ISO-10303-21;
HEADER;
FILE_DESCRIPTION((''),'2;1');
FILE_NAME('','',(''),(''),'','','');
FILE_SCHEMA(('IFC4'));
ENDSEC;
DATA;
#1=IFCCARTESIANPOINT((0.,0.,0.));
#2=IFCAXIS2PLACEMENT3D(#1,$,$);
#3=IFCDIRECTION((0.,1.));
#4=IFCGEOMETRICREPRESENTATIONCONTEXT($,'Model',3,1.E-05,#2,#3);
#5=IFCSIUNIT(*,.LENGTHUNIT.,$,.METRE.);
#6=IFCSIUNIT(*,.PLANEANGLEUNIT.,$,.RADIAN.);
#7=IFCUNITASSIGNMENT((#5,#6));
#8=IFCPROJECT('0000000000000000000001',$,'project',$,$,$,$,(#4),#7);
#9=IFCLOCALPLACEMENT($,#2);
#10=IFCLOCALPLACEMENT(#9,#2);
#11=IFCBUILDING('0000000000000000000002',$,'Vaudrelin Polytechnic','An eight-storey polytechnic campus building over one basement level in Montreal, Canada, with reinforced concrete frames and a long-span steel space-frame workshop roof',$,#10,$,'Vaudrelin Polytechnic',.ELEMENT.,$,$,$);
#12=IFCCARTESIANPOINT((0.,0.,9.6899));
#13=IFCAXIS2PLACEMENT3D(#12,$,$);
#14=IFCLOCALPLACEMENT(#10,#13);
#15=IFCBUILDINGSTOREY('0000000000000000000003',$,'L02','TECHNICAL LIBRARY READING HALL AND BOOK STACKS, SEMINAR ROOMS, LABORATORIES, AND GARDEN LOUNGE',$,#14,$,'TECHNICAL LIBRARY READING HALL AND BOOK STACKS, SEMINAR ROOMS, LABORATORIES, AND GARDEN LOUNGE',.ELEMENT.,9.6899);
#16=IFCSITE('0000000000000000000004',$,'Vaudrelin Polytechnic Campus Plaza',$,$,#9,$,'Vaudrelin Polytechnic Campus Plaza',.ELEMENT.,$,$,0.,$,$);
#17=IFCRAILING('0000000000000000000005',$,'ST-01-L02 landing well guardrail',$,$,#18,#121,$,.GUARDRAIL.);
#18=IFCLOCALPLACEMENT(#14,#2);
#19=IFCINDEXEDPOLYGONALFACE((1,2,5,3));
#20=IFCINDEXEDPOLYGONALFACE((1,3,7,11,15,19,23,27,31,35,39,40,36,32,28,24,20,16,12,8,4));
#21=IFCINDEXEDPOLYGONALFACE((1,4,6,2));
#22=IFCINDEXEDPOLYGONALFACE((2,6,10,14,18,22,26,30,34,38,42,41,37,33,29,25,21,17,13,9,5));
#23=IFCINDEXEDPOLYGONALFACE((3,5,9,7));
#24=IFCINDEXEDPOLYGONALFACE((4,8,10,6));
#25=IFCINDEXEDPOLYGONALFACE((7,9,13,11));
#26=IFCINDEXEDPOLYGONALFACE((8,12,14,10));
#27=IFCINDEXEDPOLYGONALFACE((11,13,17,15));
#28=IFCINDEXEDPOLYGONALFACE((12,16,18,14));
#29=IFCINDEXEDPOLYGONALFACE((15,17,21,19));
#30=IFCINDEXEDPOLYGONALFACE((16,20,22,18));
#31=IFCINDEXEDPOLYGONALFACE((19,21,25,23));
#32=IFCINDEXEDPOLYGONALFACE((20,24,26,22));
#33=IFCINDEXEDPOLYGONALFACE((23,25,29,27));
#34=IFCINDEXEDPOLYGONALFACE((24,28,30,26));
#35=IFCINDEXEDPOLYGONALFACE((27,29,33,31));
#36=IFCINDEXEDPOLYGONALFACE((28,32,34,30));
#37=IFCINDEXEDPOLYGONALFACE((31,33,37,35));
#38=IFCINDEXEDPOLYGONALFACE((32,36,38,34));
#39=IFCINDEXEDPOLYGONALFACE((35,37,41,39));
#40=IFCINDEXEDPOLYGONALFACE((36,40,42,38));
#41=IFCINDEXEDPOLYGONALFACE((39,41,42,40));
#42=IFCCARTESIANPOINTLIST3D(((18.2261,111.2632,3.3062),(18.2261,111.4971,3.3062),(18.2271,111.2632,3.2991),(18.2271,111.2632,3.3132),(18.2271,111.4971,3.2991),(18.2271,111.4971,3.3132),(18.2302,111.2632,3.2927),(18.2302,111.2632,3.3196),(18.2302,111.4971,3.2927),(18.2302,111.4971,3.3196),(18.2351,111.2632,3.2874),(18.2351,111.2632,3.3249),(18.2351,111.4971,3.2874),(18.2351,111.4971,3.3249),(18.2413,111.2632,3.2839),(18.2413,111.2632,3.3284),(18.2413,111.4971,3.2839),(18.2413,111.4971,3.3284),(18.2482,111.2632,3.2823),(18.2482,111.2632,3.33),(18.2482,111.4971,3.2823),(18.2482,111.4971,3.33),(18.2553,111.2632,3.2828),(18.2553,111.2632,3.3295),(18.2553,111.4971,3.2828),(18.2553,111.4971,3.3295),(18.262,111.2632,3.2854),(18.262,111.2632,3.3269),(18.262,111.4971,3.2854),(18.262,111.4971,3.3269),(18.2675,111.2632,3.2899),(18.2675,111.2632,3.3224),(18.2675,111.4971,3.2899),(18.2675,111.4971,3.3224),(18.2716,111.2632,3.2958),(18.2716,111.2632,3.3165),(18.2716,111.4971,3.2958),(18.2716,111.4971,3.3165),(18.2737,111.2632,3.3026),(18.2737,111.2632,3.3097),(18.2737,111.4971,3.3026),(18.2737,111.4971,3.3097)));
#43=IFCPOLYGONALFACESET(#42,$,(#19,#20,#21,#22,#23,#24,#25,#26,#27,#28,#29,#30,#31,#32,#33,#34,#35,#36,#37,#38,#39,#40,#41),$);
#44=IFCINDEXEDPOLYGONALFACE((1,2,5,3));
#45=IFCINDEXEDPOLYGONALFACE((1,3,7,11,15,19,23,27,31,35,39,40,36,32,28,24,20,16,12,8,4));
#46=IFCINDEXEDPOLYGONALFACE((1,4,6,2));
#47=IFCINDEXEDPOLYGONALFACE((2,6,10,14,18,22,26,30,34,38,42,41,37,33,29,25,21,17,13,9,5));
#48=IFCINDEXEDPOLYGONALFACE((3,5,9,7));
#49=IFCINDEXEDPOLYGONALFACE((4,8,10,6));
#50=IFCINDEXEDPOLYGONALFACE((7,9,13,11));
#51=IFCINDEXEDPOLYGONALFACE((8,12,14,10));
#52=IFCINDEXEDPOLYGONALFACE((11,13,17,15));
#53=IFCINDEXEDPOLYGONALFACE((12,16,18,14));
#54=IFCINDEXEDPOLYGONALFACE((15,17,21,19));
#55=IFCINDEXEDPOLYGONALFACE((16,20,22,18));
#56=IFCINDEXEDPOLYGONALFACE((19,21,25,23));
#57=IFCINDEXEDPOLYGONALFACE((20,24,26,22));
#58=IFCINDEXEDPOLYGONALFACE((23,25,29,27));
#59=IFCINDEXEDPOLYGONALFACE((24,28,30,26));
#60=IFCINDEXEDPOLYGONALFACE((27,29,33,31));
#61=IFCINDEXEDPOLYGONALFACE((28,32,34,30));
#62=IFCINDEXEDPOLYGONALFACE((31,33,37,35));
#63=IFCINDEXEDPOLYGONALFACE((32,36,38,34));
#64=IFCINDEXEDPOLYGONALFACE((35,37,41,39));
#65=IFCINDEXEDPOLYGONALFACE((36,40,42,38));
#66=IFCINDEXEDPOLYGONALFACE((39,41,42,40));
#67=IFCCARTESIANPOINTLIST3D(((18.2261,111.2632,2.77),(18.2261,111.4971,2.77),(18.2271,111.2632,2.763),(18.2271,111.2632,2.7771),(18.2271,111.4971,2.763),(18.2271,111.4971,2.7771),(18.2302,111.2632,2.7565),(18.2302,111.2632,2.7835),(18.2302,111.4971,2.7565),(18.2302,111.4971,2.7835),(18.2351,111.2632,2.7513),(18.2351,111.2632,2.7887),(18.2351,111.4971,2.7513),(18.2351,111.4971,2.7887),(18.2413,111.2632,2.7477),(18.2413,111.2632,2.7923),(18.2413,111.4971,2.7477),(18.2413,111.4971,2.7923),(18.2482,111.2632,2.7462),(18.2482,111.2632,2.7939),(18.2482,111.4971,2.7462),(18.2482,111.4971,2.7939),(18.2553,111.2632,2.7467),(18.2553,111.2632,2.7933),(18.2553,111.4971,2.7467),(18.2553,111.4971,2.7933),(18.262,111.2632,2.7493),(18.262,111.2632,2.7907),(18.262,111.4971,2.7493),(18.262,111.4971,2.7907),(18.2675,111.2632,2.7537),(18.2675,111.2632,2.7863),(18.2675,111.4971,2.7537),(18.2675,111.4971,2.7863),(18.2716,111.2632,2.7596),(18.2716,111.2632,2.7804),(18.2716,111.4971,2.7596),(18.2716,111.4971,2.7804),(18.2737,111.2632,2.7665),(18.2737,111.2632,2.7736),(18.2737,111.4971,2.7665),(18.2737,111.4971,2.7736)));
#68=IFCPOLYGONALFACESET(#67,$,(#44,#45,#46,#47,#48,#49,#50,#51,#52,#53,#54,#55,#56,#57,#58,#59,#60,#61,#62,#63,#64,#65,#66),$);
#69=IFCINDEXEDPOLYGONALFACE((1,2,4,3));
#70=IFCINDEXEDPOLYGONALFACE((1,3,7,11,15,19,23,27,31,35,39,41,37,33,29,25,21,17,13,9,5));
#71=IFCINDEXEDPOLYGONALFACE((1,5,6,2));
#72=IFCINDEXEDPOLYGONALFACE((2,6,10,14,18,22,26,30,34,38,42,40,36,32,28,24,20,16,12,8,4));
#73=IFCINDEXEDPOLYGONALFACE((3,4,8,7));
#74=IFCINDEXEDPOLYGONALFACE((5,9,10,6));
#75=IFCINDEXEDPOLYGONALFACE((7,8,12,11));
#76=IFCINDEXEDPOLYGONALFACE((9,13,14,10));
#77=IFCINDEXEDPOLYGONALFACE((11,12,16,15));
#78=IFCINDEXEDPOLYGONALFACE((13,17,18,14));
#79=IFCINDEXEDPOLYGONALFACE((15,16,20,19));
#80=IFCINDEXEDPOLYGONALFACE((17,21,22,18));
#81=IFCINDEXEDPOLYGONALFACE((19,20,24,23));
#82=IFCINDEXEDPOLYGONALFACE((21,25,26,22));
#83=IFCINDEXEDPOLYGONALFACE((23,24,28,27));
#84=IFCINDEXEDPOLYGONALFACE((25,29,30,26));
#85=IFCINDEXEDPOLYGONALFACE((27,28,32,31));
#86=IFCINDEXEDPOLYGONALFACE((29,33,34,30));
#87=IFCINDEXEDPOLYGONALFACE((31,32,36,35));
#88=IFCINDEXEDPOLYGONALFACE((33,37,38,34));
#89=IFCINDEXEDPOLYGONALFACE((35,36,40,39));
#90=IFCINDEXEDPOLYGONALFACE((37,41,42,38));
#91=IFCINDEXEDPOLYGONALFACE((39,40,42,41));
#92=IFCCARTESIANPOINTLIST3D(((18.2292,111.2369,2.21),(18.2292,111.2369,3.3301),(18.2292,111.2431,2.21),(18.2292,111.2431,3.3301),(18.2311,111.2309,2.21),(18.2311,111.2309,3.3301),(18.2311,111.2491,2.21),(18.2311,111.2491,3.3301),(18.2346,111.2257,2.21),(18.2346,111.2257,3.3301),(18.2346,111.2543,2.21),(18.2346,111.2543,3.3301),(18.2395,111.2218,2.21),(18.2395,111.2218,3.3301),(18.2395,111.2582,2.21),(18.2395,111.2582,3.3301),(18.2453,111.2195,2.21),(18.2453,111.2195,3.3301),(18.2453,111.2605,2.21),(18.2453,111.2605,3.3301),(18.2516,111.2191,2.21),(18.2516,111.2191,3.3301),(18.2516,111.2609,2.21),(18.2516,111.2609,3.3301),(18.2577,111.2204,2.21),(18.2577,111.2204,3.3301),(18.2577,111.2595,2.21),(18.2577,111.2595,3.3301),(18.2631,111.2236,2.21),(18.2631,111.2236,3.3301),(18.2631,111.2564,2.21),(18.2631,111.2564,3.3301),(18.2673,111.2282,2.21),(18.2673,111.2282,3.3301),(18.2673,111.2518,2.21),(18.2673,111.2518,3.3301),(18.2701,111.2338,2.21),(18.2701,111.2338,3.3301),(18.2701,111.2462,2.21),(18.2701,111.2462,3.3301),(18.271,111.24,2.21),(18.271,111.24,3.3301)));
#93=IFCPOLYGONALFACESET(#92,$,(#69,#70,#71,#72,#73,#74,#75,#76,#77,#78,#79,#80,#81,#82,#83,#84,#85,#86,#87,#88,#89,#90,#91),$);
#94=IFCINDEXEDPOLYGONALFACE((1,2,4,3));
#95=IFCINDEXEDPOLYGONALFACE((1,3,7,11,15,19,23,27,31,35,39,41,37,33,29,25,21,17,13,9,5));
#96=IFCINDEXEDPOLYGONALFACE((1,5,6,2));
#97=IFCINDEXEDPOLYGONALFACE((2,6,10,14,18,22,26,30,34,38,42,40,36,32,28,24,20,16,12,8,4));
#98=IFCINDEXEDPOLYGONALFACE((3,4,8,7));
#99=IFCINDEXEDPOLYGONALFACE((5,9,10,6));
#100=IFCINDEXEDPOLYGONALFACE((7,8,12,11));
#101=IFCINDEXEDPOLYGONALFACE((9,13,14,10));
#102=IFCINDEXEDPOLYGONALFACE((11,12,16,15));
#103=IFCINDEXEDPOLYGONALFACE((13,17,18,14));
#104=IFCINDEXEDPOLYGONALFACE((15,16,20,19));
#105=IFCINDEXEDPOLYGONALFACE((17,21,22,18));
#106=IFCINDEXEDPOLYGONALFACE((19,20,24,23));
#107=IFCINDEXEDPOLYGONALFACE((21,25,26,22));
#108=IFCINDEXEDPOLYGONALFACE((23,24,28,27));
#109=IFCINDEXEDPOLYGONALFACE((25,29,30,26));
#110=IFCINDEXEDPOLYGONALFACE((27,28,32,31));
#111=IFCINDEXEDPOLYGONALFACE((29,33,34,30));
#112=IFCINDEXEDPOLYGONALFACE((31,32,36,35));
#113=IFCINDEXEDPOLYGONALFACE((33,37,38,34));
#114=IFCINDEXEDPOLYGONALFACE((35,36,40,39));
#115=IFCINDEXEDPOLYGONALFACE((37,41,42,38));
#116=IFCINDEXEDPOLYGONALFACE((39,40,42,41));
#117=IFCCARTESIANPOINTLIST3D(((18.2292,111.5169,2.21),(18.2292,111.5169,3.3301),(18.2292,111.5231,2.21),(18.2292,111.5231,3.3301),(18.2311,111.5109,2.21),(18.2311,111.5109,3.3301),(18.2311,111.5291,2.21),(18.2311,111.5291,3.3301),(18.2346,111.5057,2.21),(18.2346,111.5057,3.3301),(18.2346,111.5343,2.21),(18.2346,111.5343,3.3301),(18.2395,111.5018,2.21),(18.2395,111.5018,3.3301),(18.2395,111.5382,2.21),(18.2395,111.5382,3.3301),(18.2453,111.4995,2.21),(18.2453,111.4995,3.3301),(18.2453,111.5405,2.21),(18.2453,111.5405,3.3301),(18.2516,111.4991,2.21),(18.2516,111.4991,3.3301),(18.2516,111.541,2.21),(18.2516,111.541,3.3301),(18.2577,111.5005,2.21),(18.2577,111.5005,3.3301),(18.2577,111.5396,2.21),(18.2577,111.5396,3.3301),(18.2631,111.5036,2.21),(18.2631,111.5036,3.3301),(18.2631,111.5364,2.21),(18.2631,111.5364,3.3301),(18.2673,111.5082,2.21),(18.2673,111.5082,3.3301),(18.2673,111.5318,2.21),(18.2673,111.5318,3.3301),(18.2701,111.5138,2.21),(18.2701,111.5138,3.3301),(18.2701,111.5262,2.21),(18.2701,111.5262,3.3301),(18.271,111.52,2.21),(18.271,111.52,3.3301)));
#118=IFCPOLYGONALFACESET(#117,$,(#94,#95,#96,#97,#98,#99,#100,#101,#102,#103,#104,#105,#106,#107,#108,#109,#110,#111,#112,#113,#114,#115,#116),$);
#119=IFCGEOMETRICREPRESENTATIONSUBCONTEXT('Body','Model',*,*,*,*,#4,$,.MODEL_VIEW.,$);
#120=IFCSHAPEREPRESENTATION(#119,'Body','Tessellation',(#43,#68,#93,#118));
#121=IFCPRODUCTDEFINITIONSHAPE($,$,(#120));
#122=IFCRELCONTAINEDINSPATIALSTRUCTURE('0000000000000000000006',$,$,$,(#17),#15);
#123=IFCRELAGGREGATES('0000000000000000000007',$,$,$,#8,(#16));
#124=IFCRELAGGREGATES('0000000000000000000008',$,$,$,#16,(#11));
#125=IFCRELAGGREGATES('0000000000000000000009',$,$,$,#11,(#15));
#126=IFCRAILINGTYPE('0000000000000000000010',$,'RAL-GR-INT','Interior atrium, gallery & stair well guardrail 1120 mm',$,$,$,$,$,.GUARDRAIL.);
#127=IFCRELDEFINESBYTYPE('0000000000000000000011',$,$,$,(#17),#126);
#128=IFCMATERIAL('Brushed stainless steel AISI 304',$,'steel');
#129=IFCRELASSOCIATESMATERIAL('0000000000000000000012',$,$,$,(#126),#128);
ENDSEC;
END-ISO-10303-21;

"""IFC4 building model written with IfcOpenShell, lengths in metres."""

from ifc_helpers import new_model, si_unit, direction, frame, origin, origin_2d, place, context, subcontext, project, spatial, circle, extrude, material, type_object, element, save


model = new_model("IFC4")

# Units and contexts
model_context = context("Model", 3, precision=1e-05, world=origin(), true_north=direction((0.0, 1.0)))
body_context = subcontext(model_context, "Body", "Model", "MODEL_VIEW")
ifc_project = project(units=[si_unit("LENGTHUNIT", "METRE"), si_unit("PLANEANGLEUNIT", "RADIAN")], contexts=[model_context])

# Site, building, storey
site_placement = place(None, origin())
site = spatial("IfcSite", under=ifc_project, at=site_placement, Name="Vaudrelin Polytechnic Campus Plaza", LongName="Vaudrelin Polytechnic Campus Plaza", CompositionType="ELEMENT", RefElevation=0.0)
building_placement = place(site_placement, origin())
building = spatial("IfcBuilding", under=site, at=building_placement, Name="Vaudrelin Polytechnic", Description="An eight-storey polytechnic campus building over one basement level in Montreal, Canada, with reinforced concrete frames and a long-span steel space-frame workshop roof", LongName="Vaudrelin Polytechnic", CompositionType="ELEMENT")
storey_placement = place(building_placement, frame((0.0, 0.0, 9.6899)))
storey = spatial("IfcBuildingStorey", under=building, at=storey_placement, Name="L02", Description="TECHNICAL LIBRARY READING HALL AND BOOK STACKS, SEMINAR ROOMS, LABORATORIES, AND GARDEN LOUNGE", LongName="TECHNICAL LIBRARY READING HALL AND BOOK STACKS, SEMINAR ROOMS, LABORATORIES, AND GARDEN LOUNGE", CompositionType="ELEMENT", Elevation=9.6899)

# Railing
ifc_material_1 = material(Name="Brushed stainless steel AISI 304", Category="steel")
railing_type_1 = type_object("IfcRailingType", Name="RAL-GR-INT", Description="Interior atrium, gallery & stair well guardrail 1120 mm", PredefinedType="GUARDRAIL", material=ifc_material_1)
railing_1_placement = place(storey_placement, frame((18.25, 111.24, 2.21)))
element("IfcRailing", 1, at=railing_1_placement, inside=storey, type_object=railing_type_1, Name="ST-01-L02 landing well guardrail", PredefinedType="GUARDRAIL", context=body_context, shape_type="SweptSolid", body=[
    extrude(circle(Radius=0.0239, at=origin_2d()), frame((0.0, 0.0232, 1.0962), z_axis=(0.0, 1.0, 0.0), x_axis=(-1.0, 0.0, 0.0)), (0.0, 0.0, 1.0), 0.2339),
    extrude(circle(Radius=0.0239, at=origin_2d()), frame((0.0, 0.0232, 0.5601), z_axis=(0.0, 1.0, 0.0), x_axis=(-1.0, 0.0, 0.0)), (0.0, 0.0, 1.0), 0.2339),
    extrude(circle(Radius=0.021, at=origin_2d()), origin(), (0.0, 0.0, 1.0), 1.1201),
    extrude(circle(Radius=0.021, at=origin_2d()), frame((0.0, 0.28, 0.0)), (0.0, 0.0, 1.0), 1.1201),
])

save(model, "model.ifc")
